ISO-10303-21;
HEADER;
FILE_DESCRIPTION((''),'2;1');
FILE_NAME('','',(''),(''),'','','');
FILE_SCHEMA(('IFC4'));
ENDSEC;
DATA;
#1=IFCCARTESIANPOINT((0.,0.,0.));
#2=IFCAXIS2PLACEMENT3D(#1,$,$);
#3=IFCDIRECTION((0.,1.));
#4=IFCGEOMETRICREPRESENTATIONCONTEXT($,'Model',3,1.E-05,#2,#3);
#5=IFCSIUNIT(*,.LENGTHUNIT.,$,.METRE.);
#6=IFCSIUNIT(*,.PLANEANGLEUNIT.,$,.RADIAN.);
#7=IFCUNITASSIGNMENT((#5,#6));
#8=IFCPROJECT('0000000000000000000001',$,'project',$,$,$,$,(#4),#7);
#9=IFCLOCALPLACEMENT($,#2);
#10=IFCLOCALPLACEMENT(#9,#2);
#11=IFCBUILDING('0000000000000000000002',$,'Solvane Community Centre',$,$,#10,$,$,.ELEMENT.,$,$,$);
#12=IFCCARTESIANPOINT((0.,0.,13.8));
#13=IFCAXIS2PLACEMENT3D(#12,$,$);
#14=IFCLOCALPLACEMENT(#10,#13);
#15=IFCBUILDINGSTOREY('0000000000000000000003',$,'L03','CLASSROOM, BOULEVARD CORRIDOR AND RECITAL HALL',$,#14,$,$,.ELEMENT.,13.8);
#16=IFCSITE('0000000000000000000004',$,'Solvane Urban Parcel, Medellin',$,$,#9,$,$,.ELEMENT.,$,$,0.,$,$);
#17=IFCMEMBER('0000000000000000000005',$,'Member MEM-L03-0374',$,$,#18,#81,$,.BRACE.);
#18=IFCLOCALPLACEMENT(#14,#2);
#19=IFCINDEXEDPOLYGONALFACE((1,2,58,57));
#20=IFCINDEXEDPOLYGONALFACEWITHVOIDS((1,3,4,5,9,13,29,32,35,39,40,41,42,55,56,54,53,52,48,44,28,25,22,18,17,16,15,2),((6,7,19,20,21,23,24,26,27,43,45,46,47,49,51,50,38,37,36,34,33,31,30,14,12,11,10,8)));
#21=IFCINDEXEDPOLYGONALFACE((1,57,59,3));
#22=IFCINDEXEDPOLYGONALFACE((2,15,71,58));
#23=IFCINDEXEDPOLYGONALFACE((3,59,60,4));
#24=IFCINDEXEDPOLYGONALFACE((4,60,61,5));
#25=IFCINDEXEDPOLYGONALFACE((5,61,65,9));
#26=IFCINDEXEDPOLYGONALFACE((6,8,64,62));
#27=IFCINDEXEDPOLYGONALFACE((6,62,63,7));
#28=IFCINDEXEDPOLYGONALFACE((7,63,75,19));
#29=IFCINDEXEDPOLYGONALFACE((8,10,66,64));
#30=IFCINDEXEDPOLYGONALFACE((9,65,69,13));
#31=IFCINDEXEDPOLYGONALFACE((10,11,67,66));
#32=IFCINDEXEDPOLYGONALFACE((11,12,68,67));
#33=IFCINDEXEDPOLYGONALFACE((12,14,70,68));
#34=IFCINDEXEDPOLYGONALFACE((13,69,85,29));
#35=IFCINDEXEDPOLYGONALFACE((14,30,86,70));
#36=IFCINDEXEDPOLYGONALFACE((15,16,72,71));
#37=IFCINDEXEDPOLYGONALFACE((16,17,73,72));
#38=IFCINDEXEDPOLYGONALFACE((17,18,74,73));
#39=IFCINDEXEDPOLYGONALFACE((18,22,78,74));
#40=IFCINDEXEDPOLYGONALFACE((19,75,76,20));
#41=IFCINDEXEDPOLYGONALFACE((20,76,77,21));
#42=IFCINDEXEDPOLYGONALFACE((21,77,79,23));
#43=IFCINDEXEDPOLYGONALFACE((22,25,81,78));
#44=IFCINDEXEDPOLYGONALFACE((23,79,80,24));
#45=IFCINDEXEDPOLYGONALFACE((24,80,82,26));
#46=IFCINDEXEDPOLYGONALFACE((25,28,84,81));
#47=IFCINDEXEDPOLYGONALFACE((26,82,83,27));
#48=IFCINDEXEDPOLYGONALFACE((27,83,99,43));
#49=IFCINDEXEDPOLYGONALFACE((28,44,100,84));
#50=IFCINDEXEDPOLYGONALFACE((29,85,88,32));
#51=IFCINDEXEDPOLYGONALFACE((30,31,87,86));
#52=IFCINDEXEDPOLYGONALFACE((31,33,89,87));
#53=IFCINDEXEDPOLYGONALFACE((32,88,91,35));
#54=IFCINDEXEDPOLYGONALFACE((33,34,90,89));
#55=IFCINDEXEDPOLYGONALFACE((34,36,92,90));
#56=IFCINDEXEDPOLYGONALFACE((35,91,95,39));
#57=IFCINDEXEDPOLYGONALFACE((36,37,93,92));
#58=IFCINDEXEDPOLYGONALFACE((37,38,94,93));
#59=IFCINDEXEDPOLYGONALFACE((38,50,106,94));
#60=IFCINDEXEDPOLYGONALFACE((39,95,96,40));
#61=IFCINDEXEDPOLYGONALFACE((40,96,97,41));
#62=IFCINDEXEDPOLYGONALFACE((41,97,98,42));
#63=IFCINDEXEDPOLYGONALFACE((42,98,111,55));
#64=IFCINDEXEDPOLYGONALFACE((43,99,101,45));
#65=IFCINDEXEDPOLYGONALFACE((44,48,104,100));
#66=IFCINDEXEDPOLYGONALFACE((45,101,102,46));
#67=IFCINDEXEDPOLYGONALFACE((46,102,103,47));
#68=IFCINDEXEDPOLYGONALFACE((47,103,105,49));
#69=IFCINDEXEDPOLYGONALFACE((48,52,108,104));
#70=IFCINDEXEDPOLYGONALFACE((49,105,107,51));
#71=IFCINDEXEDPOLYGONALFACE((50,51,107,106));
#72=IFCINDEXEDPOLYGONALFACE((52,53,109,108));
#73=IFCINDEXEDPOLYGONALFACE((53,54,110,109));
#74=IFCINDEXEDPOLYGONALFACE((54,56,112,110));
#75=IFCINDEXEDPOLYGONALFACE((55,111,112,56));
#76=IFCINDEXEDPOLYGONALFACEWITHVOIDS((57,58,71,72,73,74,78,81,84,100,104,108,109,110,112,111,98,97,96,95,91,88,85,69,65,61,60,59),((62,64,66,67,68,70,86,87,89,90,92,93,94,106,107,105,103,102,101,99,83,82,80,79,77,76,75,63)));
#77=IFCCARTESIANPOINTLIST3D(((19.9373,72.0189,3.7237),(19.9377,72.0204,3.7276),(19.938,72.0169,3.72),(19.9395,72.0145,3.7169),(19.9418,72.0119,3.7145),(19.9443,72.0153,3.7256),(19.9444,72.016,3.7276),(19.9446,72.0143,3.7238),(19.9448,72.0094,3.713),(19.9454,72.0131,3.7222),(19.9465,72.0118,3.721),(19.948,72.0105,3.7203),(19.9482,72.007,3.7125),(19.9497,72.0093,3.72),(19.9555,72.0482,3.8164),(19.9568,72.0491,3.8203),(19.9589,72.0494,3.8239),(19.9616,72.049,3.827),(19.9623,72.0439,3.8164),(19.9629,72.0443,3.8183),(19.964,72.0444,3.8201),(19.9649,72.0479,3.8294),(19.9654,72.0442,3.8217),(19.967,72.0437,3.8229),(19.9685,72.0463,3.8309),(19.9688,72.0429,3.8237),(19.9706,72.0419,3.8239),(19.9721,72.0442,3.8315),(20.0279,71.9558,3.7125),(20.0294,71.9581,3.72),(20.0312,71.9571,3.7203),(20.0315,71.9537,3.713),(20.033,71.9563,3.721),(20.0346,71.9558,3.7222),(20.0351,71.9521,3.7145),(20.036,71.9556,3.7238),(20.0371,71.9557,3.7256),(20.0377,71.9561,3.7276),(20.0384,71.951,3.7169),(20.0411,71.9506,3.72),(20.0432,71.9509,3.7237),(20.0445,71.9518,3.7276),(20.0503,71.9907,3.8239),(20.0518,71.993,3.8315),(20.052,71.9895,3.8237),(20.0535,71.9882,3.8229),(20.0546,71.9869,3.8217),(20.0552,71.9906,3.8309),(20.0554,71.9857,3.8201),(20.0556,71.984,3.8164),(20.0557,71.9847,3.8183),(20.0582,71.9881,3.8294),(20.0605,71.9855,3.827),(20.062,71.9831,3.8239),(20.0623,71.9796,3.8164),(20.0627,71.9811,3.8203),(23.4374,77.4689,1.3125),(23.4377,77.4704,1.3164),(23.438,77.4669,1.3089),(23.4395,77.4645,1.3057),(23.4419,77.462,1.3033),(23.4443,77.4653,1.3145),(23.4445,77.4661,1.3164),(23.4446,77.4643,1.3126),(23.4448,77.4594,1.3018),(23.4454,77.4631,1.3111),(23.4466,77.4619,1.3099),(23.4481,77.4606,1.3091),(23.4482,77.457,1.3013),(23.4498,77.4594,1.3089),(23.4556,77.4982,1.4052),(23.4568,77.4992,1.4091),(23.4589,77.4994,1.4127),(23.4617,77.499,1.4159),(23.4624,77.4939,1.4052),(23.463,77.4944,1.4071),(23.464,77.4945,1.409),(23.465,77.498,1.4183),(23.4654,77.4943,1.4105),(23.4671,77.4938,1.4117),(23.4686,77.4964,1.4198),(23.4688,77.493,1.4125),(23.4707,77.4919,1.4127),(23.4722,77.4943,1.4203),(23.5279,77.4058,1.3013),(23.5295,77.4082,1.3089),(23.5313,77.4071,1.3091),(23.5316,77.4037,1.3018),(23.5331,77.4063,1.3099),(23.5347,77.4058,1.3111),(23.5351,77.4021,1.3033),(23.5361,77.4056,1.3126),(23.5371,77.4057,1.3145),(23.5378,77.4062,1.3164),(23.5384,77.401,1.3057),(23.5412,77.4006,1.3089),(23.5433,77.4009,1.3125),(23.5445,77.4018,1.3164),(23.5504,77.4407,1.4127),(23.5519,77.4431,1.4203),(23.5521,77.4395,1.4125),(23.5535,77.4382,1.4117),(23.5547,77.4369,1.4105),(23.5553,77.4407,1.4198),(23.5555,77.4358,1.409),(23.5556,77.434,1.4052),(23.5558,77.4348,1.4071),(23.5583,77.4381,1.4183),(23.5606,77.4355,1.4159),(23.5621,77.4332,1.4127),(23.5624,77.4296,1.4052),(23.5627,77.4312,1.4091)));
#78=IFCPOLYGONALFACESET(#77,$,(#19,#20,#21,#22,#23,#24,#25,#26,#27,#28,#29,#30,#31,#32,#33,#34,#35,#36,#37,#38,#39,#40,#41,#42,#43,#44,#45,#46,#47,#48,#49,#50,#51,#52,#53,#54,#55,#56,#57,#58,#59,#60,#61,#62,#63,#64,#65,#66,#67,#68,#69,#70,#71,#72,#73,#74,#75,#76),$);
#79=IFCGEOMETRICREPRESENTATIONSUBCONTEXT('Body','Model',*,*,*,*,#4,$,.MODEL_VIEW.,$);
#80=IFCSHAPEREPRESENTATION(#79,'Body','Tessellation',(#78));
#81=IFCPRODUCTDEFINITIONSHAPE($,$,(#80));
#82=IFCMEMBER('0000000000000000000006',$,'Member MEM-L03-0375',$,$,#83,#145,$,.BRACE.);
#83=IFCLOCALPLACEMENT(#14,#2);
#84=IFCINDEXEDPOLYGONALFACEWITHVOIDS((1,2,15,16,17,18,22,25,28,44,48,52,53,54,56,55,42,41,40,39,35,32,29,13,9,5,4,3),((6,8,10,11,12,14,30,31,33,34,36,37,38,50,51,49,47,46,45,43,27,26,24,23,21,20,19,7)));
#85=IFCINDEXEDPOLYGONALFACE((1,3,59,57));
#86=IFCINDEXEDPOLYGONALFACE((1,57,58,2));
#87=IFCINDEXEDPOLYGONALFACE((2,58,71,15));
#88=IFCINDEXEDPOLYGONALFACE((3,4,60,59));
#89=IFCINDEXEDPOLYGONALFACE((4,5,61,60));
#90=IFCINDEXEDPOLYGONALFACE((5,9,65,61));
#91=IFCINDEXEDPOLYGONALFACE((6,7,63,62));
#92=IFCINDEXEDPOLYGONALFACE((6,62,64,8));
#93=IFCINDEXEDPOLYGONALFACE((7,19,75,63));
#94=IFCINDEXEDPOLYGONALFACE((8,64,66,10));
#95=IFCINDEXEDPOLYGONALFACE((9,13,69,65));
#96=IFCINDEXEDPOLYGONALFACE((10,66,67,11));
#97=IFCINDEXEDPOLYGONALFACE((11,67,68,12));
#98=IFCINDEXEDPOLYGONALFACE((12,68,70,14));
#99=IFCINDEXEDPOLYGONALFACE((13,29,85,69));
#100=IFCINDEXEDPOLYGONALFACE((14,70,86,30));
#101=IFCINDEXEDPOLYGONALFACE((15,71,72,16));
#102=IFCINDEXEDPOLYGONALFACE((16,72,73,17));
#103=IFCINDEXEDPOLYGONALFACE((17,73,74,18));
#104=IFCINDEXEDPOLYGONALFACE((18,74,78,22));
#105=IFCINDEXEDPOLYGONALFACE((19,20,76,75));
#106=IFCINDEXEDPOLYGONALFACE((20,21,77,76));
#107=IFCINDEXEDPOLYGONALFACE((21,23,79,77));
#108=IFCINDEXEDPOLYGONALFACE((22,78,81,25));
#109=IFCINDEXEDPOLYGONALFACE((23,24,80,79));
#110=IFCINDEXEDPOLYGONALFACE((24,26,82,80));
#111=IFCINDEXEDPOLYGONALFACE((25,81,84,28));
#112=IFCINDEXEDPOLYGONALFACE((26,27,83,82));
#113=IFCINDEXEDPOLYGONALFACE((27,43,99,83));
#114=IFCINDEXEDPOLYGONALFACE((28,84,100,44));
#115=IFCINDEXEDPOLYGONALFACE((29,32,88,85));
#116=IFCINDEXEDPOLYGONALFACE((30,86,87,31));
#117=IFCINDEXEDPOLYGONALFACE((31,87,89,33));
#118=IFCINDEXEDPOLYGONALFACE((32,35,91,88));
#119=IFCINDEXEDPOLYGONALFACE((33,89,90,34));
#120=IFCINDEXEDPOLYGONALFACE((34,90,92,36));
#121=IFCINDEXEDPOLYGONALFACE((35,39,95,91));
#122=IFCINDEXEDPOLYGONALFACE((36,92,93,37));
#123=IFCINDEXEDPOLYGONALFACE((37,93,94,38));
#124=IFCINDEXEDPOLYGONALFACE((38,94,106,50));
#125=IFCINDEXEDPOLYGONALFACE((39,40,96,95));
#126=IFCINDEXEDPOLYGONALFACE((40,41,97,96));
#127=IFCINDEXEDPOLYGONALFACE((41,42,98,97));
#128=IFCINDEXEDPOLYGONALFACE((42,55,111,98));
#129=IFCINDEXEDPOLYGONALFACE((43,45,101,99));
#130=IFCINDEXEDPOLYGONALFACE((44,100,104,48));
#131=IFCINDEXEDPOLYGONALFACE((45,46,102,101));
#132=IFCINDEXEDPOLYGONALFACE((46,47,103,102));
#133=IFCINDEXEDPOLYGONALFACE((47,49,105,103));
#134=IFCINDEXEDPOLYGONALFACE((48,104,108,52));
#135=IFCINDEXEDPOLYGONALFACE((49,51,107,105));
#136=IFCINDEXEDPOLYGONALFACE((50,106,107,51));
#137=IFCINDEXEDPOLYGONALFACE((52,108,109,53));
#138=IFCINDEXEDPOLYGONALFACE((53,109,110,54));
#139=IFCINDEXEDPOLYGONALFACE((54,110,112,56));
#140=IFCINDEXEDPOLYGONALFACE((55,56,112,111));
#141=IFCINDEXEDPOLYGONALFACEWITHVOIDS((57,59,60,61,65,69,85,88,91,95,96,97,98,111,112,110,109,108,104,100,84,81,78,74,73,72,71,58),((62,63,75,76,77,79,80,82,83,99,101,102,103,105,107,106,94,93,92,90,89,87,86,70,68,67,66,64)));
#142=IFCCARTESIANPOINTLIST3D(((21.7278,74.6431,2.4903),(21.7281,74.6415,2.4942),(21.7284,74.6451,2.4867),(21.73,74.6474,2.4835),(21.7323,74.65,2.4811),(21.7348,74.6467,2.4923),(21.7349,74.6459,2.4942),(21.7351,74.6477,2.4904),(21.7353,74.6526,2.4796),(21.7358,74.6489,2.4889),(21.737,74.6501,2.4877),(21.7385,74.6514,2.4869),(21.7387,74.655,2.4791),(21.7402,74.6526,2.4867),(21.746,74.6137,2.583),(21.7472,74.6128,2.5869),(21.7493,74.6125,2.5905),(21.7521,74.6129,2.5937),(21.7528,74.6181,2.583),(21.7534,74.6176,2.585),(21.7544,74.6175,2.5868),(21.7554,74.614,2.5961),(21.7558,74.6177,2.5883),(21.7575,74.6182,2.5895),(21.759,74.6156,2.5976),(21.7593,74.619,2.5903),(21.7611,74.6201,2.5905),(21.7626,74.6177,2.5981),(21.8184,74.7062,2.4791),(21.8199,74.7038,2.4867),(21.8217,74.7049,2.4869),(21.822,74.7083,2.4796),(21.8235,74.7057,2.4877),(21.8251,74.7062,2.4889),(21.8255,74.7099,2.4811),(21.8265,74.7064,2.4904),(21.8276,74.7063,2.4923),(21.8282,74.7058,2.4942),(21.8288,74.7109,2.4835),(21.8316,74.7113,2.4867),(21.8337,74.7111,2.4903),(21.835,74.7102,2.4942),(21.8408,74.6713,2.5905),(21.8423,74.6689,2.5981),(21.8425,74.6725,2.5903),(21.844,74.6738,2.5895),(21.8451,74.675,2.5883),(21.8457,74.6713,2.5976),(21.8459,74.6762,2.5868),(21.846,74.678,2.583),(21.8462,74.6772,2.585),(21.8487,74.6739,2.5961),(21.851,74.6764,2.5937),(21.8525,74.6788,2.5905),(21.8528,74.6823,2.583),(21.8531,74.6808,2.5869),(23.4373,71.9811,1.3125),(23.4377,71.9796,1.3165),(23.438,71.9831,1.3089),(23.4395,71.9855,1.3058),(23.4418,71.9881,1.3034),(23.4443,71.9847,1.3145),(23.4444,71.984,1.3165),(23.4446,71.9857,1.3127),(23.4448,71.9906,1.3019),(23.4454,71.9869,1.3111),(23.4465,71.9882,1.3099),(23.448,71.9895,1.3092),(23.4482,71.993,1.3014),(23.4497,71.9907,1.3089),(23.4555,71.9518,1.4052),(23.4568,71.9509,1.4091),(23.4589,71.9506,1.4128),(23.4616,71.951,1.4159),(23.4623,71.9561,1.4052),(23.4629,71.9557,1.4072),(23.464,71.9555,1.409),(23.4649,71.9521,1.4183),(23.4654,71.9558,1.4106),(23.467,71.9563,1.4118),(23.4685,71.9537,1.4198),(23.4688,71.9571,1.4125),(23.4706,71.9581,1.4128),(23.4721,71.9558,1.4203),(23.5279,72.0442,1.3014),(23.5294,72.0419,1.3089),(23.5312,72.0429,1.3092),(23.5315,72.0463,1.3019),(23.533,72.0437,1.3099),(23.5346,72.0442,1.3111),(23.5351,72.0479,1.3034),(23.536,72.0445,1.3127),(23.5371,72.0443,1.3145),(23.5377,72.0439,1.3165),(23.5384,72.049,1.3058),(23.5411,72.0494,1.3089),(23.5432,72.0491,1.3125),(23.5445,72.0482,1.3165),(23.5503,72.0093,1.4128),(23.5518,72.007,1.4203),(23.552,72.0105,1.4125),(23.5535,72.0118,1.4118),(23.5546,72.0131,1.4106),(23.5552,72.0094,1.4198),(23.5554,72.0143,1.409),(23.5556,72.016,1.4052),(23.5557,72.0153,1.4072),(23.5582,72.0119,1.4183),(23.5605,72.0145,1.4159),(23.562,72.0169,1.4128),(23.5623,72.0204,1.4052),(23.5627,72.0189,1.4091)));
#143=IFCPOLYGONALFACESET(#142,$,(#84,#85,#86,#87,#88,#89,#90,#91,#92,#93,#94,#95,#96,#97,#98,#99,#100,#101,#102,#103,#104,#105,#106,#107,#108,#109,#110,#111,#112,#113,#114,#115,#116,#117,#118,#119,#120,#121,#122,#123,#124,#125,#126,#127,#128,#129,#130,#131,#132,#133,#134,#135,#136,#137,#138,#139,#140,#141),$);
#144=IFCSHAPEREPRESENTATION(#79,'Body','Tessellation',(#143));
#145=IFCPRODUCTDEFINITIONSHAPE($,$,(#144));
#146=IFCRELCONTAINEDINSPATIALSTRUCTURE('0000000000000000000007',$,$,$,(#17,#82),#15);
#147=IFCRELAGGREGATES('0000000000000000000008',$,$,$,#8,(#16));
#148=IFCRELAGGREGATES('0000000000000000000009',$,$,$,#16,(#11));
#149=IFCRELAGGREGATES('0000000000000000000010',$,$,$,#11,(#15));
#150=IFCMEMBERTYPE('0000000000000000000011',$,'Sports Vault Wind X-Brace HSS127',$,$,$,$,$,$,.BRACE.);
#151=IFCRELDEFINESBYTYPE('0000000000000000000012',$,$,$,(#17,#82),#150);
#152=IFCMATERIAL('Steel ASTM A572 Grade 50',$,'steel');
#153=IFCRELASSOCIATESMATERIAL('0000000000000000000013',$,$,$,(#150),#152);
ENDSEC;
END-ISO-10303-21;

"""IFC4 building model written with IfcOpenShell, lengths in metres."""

from ifc_helpers import new_model, si_unit, direction, frame, origin, origin_2d, place, context, subcontext, project, spatial, hollow_rectangle, extrude, material, material_profile, profile_set, type_object, element, save


model = new_model("IFC4")

# Units and contexts
model_context = context("Model", 3, precision=1e-05, world=origin(), true_north=direction((0.0, 1.0)))
body_context = subcontext(model_context, "Body", "Model", "MODEL_VIEW")
ifc_project = project(units=[si_unit("LENGTHUNIT", "METRE"), si_unit("PLANEANGLEUNIT", "RADIAN")], contexts=[model_context])

# Site, building, storey
site_placement = place(None, origin())
site = spatial("IfcSite", under=ifc_project, at=site_placement, Name="Solvane Urban Parcel, Medellin", CompositionType="ELEMENT", RefElevation=0.0)
building_placement = place(site_placement, origin())
building = spatial("IfcBuilding", under=site, at=building_placement, Name="Solvane Community Centre", CompositionType="ELEMENT")
storey_placement = place(building_placement, frame((0.0, 0.0, 13.8)))
storey = spatial("IfcBuildingStorey", under=building, at=storey_placement, Name="L03", Description="CLASSROOM, BOULEVARD CORRIDOR AND RECITAL HALL", CompositionType="ELEMENT", Elevation=13.8)

# Members
ifc_material_1 = material(Name="Steel ASTM A572 Grade 50", Category="steel")
ifc_material_profile_1 = material_profile(ifc_material_1, hollow_rectangle(XDim=0.127, YDim=0.127, WallThickness=0.0081, InnerFilletRadius=0.0081, OuterFilletRadius=0.0161, at=origin_2d()), Name="HSS 127x127x8.0")
ifc_profile_set_1 = profile_set([ifc_material_profile_1], Name="Steel ASTM A572 Grade 50")
member_type_1 = type_object("IfcMemberType", Name="Sports Vault Wind X-Brace HSS127", PredefinedType="BRACE", material=ifc_profile_set_1)
member_1_placement = place(storey_placement, frame((20.0, 72.0, 3.772), z_axis=(0.50642, 0.788561, -0.34887), x_axis=(-0.841427, 0.540371, 0.0)))
element("IfcMember", 1, at=member_1_placement, inside=storey, type_object=member_type_1, Name="Member MEM-L03-0374", PredefinedType="BRACE", context=body_context, shape_type="SweptSolid", body=[
    extrude(hollow_rectangle(XDim=0.127, YDim=0.127, WallThickness=0.0081, InnerFilletRadius=0.0081, OuterFilletRadius=0.0161, at=origin_2d()), origin(), (0.0, 0.0, 1.0), 6.9114),
])
for number, where, z_axis, x_axis, name in (
    (2, (23.5, 72.0, 1.3608), (-0.506416, 0.788553, 0.348893), (-0.841427, -0.540371, 0.0), "Member MEM-L03-0375"),
):
    element("IfcMember", number, at=place(storey_placement, frame(where, z_axis=z_axis, x_axis=x_axis)), inside=storey, type_object=member_type_1, Name=name, PredefinedType="BRACE", context=body_context, shape_type="SweptSolid", body=[
        extrude(hollow_rectangle(XDim=0.127, YDim=0.127, WallThickness=0.0081, InnerFilletRadius=0.0081, OuterFilletRadius=0.0161, at=origin_2d()), origin(), (0.0, 0.0, 1.0), 3.3757),
    ])

save(model, "model.ifc")
